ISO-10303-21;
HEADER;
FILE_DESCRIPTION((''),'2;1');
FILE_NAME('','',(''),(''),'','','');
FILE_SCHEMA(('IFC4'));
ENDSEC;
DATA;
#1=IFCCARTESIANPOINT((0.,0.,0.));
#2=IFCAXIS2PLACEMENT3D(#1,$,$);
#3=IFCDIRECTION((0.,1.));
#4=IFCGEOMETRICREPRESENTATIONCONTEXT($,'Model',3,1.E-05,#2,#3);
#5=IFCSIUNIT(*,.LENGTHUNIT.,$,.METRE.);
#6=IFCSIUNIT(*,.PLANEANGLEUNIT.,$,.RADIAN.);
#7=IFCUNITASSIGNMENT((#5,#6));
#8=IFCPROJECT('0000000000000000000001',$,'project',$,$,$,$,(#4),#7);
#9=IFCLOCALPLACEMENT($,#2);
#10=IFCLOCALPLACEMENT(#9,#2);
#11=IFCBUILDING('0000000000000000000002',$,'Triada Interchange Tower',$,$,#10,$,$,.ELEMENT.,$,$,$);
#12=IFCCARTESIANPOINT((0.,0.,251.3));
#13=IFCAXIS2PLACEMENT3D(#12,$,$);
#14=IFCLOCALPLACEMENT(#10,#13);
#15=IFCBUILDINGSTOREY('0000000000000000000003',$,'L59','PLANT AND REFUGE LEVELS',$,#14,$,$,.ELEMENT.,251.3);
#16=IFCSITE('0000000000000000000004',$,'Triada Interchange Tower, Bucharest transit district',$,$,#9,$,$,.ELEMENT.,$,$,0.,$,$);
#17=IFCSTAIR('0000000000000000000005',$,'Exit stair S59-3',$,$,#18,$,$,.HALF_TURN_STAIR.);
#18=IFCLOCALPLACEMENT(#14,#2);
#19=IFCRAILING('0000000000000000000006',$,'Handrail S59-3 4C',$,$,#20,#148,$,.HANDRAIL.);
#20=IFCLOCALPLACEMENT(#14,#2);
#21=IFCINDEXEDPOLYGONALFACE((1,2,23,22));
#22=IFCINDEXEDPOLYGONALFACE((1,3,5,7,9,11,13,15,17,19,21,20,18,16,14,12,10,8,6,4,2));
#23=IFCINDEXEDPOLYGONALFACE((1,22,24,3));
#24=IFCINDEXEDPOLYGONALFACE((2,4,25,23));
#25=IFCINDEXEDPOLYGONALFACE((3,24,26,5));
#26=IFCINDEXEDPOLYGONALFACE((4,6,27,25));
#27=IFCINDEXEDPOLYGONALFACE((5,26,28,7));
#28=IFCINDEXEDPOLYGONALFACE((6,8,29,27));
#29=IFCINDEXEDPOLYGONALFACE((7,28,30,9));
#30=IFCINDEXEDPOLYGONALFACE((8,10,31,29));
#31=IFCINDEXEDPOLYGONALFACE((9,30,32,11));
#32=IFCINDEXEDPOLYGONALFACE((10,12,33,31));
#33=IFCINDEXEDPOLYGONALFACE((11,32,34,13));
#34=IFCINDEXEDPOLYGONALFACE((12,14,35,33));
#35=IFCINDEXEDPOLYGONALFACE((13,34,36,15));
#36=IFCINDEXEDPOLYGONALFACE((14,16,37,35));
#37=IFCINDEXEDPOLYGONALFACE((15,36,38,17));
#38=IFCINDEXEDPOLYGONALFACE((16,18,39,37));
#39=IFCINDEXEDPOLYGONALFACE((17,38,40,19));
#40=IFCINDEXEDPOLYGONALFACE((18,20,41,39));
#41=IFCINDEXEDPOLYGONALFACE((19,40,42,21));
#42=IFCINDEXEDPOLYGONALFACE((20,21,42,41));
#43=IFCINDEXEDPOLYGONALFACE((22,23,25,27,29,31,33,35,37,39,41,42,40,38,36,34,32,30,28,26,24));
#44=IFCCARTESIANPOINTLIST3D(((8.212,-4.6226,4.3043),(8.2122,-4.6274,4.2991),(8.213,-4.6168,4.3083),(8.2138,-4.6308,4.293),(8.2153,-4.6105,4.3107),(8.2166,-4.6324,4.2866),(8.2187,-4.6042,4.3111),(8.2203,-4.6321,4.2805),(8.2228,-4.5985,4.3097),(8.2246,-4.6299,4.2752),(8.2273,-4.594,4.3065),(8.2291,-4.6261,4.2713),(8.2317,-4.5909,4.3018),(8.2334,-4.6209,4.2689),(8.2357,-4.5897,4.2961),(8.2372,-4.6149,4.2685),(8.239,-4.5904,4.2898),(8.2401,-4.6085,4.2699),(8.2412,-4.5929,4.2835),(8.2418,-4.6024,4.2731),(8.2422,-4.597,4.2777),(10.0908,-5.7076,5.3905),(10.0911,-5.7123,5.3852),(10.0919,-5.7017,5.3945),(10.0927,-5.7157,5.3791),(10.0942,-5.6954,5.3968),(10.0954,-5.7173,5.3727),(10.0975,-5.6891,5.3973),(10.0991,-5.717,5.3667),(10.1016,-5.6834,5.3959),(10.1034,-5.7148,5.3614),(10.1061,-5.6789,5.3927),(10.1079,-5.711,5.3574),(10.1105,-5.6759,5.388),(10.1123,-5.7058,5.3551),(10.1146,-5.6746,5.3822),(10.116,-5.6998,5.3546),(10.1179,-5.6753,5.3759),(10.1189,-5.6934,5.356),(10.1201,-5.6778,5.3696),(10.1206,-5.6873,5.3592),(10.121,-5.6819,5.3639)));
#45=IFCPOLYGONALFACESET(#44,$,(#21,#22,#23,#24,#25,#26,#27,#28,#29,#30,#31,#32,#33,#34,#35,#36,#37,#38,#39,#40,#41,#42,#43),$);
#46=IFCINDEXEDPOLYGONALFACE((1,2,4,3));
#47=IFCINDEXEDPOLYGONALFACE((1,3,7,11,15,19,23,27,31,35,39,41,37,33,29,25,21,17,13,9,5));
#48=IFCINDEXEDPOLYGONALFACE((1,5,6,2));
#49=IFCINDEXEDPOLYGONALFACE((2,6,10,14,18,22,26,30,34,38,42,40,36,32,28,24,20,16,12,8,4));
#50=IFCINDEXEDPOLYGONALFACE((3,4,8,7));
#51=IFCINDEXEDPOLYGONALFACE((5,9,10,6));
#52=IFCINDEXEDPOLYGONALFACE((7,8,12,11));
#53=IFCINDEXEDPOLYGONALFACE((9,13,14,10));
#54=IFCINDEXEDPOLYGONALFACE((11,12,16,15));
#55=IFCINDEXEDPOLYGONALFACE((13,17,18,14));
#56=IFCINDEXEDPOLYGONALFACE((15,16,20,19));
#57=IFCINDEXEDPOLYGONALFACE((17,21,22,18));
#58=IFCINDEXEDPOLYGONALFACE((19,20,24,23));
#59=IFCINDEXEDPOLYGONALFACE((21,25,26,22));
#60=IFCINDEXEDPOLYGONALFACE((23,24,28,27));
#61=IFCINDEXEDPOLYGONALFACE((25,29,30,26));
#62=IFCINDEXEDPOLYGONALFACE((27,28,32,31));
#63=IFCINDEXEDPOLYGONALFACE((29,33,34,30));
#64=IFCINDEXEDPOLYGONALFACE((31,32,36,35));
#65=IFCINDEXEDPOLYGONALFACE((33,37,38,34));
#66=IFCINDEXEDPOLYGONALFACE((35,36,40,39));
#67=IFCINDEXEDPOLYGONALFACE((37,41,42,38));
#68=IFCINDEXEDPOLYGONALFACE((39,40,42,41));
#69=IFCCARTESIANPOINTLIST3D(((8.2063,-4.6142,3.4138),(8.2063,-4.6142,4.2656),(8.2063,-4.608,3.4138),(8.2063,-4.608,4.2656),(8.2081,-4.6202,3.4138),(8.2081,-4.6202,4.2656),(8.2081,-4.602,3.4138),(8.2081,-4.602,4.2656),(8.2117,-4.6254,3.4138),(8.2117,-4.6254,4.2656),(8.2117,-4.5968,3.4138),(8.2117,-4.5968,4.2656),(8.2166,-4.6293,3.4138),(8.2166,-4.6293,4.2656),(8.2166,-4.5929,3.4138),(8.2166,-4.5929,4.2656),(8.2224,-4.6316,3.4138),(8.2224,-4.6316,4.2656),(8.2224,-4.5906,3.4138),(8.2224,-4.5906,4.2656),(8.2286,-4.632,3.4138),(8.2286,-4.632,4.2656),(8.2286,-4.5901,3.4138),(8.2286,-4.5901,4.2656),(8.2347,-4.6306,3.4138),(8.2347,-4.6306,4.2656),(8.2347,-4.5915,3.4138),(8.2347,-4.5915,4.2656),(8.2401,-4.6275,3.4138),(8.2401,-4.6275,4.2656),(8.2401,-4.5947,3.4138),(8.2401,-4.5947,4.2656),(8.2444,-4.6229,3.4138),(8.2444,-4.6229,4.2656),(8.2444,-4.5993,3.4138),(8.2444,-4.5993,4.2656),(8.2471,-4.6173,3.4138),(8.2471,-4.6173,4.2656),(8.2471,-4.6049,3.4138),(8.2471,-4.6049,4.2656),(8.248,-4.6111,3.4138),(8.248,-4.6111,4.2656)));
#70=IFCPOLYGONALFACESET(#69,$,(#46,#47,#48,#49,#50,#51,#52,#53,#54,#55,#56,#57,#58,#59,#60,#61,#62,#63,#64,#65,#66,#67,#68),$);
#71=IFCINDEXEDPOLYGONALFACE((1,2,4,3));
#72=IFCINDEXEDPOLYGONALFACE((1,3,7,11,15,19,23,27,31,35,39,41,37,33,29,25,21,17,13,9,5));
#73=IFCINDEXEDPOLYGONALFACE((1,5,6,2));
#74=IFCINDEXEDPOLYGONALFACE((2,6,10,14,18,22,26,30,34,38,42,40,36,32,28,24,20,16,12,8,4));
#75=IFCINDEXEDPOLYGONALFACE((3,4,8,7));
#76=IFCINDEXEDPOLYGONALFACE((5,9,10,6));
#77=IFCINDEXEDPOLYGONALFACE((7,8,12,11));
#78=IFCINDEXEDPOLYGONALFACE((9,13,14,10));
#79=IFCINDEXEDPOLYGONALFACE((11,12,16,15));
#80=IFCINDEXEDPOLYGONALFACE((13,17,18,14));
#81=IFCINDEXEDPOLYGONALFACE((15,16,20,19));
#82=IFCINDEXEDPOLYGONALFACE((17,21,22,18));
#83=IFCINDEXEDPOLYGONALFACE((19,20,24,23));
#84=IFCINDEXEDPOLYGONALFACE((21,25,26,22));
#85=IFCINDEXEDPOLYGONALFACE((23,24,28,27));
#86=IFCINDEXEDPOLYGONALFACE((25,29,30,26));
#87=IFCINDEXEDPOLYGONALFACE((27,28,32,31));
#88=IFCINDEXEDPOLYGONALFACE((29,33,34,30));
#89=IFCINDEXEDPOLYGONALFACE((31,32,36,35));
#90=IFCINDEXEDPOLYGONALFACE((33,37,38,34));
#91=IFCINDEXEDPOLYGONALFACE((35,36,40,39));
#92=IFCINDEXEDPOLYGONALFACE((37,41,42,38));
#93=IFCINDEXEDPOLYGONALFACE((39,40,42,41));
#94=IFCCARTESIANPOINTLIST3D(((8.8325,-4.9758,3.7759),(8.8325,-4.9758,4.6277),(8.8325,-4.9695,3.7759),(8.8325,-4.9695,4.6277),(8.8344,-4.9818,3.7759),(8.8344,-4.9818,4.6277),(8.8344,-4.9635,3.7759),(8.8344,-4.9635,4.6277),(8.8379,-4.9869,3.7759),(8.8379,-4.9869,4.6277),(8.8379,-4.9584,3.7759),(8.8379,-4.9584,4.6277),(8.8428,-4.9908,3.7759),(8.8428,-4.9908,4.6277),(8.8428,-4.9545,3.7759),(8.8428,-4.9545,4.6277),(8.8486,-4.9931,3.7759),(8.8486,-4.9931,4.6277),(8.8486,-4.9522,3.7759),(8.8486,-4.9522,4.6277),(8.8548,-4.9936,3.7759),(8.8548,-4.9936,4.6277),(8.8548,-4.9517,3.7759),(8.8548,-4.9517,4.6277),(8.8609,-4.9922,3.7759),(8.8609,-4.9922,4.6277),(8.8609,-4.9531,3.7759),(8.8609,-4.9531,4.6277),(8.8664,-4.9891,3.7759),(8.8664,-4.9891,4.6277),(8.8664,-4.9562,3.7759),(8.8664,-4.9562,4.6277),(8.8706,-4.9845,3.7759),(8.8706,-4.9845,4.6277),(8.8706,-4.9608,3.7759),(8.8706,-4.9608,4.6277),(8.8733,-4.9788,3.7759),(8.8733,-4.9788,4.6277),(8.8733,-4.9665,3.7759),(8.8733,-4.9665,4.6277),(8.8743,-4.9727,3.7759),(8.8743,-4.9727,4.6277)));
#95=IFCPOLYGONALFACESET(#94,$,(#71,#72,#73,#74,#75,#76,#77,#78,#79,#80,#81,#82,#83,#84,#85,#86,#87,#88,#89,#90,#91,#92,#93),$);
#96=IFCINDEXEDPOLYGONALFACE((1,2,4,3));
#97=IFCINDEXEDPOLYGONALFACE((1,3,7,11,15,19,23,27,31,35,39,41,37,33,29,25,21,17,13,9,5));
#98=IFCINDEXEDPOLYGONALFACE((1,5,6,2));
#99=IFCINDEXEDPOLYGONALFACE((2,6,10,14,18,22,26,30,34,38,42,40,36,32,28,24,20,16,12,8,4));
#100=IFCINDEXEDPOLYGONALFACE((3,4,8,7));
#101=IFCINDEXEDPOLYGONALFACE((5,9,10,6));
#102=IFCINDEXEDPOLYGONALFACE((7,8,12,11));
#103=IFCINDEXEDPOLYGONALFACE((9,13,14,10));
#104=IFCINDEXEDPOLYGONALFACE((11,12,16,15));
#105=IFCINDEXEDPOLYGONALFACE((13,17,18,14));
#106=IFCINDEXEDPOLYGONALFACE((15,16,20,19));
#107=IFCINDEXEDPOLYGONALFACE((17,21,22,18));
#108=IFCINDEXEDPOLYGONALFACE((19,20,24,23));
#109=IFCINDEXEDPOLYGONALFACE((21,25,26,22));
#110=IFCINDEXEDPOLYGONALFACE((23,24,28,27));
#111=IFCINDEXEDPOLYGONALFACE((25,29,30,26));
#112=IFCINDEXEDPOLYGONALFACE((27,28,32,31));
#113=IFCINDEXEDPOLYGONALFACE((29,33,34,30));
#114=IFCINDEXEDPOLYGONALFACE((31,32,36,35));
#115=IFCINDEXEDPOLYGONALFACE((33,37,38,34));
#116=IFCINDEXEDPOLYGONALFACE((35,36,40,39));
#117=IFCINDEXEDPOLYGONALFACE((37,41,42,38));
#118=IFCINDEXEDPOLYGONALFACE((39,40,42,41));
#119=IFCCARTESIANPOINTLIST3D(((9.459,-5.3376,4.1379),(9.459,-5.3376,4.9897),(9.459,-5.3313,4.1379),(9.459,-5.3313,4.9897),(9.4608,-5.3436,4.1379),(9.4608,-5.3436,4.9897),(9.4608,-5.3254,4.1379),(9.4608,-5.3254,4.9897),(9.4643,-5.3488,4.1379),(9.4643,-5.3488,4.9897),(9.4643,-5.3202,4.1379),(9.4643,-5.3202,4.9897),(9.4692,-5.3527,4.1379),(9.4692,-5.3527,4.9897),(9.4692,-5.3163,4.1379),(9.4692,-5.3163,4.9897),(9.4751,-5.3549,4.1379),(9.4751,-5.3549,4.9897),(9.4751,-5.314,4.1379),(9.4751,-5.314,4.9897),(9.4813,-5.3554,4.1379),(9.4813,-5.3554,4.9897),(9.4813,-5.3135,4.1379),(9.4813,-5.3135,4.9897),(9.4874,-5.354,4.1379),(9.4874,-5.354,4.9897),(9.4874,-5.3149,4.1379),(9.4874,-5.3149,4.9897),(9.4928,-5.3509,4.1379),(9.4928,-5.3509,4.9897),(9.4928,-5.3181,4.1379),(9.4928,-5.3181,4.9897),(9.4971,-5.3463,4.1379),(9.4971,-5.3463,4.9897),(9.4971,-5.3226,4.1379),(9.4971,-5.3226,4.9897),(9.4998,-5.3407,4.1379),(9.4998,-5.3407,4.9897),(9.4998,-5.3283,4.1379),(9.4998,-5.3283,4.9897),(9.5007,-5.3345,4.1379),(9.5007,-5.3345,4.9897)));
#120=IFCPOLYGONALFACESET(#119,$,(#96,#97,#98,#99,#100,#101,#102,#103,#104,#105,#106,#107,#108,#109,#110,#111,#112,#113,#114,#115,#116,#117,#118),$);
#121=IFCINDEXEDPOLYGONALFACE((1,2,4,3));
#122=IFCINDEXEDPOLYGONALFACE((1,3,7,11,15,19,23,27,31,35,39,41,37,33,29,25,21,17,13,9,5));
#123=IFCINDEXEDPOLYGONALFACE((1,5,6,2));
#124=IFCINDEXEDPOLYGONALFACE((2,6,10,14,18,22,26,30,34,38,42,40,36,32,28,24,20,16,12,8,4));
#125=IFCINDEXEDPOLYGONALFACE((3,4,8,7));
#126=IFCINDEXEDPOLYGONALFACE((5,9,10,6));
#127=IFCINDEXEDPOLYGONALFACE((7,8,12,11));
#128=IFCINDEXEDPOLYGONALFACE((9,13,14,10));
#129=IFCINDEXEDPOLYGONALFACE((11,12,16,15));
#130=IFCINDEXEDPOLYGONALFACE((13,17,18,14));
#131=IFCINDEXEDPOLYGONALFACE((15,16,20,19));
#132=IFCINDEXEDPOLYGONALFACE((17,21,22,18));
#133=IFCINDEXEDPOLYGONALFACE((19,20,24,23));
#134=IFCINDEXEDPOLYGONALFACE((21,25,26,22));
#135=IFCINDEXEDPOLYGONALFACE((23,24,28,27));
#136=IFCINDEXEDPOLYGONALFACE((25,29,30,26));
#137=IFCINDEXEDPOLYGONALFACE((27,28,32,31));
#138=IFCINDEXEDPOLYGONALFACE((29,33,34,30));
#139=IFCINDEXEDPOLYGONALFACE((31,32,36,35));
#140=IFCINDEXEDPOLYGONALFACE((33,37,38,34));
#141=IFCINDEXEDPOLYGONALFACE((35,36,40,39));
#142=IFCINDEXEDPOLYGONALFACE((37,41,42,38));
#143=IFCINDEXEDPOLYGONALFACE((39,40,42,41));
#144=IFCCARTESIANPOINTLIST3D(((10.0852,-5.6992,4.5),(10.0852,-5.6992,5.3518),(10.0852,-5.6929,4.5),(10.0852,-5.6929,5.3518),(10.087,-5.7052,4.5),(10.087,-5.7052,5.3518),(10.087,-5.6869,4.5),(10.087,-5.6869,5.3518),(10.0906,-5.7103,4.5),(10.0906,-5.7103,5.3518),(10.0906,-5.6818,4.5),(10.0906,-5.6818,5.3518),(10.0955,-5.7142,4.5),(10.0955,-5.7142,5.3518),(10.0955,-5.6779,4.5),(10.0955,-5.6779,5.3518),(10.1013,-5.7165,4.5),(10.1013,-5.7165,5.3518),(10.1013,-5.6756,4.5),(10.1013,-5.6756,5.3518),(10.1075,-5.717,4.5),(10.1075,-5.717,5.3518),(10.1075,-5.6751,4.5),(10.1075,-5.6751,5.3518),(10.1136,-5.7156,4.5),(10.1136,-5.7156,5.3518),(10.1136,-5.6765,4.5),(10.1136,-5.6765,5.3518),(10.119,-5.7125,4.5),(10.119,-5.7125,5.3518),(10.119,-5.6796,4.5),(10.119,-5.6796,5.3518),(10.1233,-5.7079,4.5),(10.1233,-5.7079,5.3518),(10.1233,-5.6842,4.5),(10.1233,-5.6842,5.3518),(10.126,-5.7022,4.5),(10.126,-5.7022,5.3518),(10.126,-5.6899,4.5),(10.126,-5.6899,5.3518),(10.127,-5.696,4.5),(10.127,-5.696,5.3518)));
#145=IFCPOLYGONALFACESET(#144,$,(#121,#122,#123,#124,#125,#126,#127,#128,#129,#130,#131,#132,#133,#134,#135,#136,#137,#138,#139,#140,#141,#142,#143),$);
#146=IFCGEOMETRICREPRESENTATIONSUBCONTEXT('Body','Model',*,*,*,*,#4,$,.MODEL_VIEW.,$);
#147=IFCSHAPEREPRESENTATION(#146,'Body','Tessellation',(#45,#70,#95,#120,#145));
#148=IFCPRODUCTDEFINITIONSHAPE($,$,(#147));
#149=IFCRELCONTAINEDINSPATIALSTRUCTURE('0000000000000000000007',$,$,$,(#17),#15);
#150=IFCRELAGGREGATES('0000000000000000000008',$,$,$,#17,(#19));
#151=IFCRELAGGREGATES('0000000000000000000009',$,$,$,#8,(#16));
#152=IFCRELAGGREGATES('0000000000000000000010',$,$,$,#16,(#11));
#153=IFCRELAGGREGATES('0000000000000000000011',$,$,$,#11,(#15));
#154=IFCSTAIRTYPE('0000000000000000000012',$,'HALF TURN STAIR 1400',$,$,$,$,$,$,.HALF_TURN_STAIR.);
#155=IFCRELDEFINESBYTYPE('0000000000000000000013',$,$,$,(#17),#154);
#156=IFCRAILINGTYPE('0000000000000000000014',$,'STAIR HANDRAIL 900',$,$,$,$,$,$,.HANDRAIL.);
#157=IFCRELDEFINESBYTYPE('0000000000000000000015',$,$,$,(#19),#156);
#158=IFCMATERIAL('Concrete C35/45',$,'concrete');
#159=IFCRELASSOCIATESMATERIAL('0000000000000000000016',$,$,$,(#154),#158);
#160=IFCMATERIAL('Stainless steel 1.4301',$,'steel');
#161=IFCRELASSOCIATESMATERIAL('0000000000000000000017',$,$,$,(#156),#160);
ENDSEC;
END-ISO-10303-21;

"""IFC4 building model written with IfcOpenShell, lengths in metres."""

from ifc_helpers import new_model, si_unit, direction, frame, origin, origin_2d, place, context, subcontext, project, spatial, circle, extrude, material, type_object, element, aggregate, save


model = new_model("IFC4")

# Units and contexts
model_context = context("Model", 3, precision=1e-05, world=origin(), true_north=direction((0.0, 1.0)))
body_context = subcontext(model_context, "Body", "Model", "MODEL_VIEW")
ifc_project = project(units=[si_unit("LENGTHUNIT", "METRE"), si_unit("PLANEANGLEUNIT", "RADIAN")], contexts=[model_context])

# Site, building, storey
site_placement = place(None, origin())
site = spatial("IfcSite", under=ifc_project, at=site_placement, Name="Triada Interchange Tower, Bucharest transit district", CompositionType="ELEMENT", RefElevation=0.0)
building_placement = place(site_placement, origin())
building = spatial("IfcBuilding", under=site, at=building_placement, Name="Triada Interchange Tower", CompositionType="ELEMENT")
storey_placement = place(building_placement, frame((0.0, 0.0, 251.3)))
storey = spatial("IfcBuildingStorey", under=building, at=storey_placement, Name="L59", Description="PLANT AND REFUGE LEVELS", CompositionType="ELEMENT", Elevation=251.3)

# Shared definitions
ifc_material_1 = material(Name="Concrete C35/45", Category="concrete")

# Stair, railing
stair_type = type_object("IfcStairType", Name="HALF TURN STAIR 1400", PredefinedType="HALF_TURN_STAIR", material=ifc_material_1)
stair_placement = place(storey_placement, origin())
stair = element("IfcStair", 1, at=stair_placement, inside=storey, type_object=stair_type, Name="Exit stair S59-3", PredefinedType="HALF_TURN_STAIR")
ifc_material_2 = material(Name="Stainless steel 1.4301", Category="steel")
railing_type = type_object("IfcRailingType", Name="STAIR HANDRAIL 900", PredefinedType="HANDRAIL", material=ifc_material_2)
railing_1_placement = place(storey_placement, frame((8.2271, -4.6111, 3.4138)))
railing_1 = element("IfcRailing", 2, at=railing_1_placement, type_object=railing_type, Name="Handrail S59-3 4C", PredefinedType="HANDRAIL", context=body_context, shape_type="SweptSolid", body=[
    extrude(circle(Radius=0.0239, at=origin_2d()), frame((0.0, 0.0, 0.876), z_axis=(0.774373, -0.447156, 0.447659), x_axis=(0.50006, 0.865991, 0.0)), (0.0, 0.0, 1.0), 2.4263),
    extrude(circle(Radius=0.021, at=origin_2d()), origin(), (0.0, 0.0, 1.0), 0.8518),
    extrude(circle(Radius=0.021, at=origin_2d()), frame((0.6262, -0.3616, 0.3621)), (0.0, 0.0, 1.0), 0.8518),
    extrude(circle(Radius=0.021, at=origin_2d()), frame((1.2527, -0.7234, 0.7241)), (0.0, 0.0, 1.0), 0.8518),
    extrude(circle(Radius=0.021, at=origin_2d()), frame((1.8789, -1.085, 1.0862)), (0.0, 0.0, 1.0), 0.8518),
])
aggregate(stair, [railing_1])

save(model, "model.ifc")
